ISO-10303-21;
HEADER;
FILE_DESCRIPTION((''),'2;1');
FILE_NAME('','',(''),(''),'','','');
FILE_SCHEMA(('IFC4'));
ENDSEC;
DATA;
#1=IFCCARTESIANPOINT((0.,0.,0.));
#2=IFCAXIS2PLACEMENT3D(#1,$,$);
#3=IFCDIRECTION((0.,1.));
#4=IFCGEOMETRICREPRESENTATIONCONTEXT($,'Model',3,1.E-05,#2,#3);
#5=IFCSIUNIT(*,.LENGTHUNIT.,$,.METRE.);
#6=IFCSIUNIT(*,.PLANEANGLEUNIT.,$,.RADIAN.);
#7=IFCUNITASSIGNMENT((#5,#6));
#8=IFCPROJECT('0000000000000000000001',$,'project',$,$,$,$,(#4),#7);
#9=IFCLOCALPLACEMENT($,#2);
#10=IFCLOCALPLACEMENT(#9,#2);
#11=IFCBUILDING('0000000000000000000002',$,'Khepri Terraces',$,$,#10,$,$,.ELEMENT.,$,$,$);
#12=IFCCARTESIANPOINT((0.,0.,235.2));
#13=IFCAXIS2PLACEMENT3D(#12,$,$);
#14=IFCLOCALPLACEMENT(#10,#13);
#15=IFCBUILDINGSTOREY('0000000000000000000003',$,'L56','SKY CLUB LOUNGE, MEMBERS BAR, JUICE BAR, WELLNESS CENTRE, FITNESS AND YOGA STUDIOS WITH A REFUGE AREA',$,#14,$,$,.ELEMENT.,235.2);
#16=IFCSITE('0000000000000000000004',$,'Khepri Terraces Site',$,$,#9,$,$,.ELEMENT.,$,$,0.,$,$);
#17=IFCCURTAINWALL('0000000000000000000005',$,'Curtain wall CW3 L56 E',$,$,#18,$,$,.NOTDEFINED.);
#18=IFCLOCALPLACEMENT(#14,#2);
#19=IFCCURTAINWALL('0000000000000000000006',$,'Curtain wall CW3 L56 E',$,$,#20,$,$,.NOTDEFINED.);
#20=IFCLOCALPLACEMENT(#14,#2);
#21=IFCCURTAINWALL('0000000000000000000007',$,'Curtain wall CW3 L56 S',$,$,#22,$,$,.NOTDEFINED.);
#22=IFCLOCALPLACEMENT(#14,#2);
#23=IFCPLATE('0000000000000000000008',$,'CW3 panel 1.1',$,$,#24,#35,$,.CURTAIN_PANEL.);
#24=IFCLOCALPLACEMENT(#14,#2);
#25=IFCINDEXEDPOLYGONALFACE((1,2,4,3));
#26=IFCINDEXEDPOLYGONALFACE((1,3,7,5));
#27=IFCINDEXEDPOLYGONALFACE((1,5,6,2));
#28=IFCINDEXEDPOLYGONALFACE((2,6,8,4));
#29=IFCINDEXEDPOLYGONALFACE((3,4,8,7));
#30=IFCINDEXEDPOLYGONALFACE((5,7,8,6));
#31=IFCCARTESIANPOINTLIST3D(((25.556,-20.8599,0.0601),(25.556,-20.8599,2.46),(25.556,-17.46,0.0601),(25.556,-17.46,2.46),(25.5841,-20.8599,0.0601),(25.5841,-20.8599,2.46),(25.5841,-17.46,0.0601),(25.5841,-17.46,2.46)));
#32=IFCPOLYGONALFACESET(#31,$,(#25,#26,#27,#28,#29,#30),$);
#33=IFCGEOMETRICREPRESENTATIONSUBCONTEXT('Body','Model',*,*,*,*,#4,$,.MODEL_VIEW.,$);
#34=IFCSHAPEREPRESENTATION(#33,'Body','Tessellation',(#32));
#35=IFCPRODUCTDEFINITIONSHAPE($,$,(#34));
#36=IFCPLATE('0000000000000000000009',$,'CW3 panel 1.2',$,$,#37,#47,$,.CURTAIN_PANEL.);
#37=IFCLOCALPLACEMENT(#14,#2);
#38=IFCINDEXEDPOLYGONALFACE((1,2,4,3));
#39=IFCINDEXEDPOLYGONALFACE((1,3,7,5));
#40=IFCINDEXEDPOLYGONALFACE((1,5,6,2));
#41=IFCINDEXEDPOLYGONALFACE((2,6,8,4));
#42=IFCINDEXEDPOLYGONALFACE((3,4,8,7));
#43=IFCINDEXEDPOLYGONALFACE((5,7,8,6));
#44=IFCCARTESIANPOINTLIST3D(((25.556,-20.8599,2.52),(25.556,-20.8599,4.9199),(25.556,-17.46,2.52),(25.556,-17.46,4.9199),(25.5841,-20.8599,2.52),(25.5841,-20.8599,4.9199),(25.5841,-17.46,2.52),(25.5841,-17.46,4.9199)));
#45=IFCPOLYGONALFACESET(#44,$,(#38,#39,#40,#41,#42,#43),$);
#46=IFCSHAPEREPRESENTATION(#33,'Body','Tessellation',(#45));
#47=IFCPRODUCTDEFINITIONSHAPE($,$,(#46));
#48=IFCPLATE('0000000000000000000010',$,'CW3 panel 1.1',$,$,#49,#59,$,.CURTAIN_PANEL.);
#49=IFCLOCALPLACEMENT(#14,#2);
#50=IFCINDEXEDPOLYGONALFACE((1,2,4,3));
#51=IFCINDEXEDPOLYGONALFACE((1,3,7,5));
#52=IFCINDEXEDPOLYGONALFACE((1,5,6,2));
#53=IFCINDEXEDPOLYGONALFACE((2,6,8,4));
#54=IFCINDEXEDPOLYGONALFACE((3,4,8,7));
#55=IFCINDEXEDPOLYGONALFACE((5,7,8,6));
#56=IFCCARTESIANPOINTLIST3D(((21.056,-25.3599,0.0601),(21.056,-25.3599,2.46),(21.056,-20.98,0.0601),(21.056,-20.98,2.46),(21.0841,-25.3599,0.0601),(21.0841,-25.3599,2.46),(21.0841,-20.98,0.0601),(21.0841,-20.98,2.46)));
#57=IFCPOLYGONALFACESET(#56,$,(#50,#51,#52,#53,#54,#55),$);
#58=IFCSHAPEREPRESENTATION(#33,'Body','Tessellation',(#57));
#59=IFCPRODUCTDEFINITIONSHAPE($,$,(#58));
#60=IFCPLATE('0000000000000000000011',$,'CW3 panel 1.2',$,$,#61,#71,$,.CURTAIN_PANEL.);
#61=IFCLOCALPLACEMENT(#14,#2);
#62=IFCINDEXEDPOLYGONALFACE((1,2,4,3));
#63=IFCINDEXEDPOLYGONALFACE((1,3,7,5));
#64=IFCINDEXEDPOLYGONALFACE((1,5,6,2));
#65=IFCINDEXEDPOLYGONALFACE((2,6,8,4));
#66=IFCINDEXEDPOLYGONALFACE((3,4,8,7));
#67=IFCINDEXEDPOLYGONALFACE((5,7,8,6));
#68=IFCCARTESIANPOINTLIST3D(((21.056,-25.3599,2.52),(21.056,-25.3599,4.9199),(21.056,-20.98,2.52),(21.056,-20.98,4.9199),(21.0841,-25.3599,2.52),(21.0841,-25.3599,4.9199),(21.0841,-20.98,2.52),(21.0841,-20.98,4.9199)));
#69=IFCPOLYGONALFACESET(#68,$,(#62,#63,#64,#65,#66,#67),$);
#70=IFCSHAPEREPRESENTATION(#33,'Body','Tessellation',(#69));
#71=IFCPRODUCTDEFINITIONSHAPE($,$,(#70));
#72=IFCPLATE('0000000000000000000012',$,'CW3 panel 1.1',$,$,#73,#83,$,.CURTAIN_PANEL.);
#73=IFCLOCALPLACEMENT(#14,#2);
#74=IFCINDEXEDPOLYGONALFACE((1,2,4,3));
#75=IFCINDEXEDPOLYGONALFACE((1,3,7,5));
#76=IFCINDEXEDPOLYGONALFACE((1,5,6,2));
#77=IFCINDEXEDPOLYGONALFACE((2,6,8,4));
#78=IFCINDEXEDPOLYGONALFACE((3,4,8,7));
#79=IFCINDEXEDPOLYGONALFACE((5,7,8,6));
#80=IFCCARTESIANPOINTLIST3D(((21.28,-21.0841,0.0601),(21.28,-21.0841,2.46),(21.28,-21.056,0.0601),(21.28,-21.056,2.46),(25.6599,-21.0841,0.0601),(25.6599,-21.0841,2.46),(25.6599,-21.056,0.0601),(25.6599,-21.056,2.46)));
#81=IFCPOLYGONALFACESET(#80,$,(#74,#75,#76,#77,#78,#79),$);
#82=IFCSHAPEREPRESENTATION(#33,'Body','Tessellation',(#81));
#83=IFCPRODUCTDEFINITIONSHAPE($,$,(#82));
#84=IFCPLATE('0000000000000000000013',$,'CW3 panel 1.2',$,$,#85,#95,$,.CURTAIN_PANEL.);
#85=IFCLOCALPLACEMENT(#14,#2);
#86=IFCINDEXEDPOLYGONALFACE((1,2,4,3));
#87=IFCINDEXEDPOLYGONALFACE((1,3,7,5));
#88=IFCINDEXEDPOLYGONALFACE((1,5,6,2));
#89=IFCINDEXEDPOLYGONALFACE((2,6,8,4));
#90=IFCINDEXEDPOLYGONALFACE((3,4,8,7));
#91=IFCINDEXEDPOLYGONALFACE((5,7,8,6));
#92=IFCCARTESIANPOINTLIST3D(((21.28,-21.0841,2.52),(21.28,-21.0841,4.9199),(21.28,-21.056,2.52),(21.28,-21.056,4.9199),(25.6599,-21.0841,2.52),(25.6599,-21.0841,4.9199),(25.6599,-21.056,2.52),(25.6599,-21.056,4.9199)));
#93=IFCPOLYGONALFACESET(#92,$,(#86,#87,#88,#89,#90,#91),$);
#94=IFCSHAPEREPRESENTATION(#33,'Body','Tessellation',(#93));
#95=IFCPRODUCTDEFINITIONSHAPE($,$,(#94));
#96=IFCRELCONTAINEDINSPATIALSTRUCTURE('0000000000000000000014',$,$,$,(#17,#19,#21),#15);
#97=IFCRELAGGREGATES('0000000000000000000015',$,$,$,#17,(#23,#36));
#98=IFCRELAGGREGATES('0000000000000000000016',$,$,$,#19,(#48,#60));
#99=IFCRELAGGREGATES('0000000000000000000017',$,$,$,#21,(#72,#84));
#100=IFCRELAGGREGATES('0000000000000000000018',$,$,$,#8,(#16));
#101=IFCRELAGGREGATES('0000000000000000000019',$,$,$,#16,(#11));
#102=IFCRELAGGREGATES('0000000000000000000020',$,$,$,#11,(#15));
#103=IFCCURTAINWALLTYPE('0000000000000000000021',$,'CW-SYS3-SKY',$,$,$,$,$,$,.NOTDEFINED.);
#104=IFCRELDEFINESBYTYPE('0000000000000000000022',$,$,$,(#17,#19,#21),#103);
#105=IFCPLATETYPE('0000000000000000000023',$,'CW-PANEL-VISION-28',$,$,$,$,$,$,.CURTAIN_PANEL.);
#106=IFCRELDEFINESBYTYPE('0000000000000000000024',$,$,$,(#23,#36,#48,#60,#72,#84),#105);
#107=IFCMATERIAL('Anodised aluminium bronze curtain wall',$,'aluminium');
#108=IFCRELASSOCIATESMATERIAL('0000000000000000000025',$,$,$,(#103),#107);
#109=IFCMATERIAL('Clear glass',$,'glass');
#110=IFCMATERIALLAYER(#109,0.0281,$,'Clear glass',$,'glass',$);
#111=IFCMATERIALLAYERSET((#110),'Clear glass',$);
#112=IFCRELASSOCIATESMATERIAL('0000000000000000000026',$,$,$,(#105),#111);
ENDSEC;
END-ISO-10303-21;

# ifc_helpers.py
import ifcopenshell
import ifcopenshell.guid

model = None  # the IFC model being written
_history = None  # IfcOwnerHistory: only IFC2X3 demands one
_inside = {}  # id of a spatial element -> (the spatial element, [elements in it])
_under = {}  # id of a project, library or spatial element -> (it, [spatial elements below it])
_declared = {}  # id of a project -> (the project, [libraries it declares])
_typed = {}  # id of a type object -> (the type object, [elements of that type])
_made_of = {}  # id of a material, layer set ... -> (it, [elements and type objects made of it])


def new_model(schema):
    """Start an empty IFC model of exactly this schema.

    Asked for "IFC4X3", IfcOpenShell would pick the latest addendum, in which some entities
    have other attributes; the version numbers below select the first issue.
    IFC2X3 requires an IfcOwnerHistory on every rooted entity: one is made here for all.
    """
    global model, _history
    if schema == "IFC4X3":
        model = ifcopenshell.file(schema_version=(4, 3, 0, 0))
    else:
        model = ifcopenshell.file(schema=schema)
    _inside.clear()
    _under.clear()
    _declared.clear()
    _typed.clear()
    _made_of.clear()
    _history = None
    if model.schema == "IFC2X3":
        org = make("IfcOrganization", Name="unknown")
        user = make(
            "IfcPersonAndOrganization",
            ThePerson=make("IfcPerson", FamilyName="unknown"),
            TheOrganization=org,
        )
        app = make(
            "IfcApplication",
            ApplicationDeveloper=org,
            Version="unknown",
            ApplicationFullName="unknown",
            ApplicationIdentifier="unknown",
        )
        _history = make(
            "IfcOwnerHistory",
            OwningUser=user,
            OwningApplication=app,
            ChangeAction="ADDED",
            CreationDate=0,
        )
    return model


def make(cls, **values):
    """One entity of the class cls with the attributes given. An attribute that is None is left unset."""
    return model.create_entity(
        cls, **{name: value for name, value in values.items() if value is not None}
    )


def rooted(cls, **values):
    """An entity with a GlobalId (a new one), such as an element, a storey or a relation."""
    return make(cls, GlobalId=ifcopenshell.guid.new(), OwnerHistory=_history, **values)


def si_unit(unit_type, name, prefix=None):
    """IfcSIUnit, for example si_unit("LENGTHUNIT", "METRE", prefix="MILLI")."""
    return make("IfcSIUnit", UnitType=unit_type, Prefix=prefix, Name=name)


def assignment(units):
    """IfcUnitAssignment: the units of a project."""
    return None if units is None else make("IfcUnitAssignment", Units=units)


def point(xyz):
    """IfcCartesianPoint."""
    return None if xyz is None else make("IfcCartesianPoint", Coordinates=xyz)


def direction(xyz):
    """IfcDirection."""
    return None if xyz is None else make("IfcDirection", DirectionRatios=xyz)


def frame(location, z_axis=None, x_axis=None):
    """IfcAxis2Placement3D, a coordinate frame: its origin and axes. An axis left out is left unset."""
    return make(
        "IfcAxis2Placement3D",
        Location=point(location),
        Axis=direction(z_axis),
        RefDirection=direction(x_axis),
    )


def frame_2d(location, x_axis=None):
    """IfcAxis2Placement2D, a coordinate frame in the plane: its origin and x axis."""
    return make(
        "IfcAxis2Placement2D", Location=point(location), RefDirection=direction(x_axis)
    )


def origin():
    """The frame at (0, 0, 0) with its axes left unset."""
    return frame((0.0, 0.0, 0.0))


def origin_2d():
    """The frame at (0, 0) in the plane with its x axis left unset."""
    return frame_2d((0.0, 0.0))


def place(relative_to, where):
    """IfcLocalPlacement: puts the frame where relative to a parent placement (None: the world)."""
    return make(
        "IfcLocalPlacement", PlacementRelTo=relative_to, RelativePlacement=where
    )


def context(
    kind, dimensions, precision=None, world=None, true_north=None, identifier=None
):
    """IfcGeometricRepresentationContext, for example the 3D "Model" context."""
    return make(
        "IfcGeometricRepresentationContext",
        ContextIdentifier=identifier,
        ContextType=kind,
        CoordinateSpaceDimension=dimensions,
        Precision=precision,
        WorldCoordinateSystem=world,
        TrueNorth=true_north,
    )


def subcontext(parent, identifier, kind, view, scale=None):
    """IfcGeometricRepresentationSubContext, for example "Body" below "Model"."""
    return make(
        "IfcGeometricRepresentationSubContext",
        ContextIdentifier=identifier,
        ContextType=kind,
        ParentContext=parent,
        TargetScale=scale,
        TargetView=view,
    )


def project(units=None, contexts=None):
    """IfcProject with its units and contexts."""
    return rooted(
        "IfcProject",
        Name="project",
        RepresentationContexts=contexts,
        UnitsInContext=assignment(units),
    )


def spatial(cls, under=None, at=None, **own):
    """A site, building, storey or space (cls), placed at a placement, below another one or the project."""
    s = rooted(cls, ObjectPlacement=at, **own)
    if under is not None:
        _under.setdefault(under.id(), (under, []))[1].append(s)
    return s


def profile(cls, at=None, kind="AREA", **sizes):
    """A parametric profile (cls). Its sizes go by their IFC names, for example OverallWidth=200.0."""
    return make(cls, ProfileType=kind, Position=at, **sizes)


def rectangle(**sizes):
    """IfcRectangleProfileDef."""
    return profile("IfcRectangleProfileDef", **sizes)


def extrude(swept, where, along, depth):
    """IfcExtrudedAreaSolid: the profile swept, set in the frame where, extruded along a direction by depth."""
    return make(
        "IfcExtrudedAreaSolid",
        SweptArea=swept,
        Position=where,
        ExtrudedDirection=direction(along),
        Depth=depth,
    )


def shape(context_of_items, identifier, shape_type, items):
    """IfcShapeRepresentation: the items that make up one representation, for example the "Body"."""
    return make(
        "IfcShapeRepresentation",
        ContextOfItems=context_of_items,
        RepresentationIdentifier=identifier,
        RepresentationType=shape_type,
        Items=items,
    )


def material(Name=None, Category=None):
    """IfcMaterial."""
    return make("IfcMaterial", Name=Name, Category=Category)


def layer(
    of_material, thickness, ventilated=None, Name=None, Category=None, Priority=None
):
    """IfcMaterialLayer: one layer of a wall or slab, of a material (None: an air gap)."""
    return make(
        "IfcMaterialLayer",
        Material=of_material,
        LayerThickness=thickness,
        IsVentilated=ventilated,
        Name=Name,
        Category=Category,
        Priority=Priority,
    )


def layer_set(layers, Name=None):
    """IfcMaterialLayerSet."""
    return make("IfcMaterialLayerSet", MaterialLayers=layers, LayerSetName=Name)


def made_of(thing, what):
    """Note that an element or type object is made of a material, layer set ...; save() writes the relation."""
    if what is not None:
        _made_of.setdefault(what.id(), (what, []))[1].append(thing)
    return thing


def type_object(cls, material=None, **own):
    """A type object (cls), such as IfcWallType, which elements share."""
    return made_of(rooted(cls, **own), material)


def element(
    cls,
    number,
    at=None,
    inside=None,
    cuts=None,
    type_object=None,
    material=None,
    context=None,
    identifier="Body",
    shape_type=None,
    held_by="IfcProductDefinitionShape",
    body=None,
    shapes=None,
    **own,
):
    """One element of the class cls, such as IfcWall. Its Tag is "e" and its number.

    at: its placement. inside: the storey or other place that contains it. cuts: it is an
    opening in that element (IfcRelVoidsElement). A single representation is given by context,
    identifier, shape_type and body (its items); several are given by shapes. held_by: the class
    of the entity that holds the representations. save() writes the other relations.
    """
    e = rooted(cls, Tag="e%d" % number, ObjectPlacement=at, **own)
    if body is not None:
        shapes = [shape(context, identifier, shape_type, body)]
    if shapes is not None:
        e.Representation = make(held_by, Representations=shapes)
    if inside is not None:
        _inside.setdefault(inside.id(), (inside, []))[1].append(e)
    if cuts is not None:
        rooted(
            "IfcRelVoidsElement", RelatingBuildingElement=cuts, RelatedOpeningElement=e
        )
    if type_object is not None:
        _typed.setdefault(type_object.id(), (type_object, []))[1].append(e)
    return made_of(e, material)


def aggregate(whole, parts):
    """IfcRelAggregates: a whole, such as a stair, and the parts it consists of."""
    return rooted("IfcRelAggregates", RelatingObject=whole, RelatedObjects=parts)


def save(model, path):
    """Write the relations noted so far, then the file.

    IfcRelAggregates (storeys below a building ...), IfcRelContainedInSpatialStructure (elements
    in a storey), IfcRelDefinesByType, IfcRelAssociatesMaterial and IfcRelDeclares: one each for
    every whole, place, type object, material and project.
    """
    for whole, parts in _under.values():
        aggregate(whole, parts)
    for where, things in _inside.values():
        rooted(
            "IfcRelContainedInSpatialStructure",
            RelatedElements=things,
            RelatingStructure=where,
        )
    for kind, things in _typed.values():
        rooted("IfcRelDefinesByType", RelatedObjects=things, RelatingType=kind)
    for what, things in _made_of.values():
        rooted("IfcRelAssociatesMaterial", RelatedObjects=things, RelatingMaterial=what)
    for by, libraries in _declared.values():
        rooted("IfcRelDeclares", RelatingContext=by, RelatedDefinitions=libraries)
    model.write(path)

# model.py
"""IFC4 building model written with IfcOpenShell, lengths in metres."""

from ifc_helpers import new_model, si_unit, direction, frame, origin, origin_2d, place, context, subcontext, project, spatial, rectangle, extrude, material, layer, layer_set, type_object, element, aggregate, save


model = new_model("IFC4")

# Units and contexts
model_context = context("Model", 3, precision=1e-05, world=origin(), true_north=direction((0.0, 1.0)))
body_context = subcontext(model_context, "Body", "Model", "MODEL_VIEW")
ifc_project = project(units=[si_unit("LENGTHUNIT", "METRE"), si_unit("PLANEANGLEUNIT", "RADIAN")], contexts=[model_context])

# Site, building, storey
site_placement = place(None, origin())
site = spatial("IfcSite", under=ifc_project, at=site_placement, Name="Khepri Terraces Site", CompositionType="ELEMENT", RefElevation=0.0)
building_placement = place(site_placement, origin())
building = spatial("IfcBuilding", under=site, at=building_placement, Name="Khepri Terraces", CompositionType="ELEMENT")
storey_placement = place(building_placement, frame((0.0, 0.0, 235.2)))
storey = spatial("IfcBuildingStorey", under=building, at=storey_placement, Name="L56", Description="SKY CLUB LOUNGE, MEMBERS BAR, JUICE BAR, WELLNESS CENTRE, FITNESS AND YOGA STUDIOS WITH A REFUGE AREA", CompositionType="ELEMENT", Elevation=235.2)

# Curtain wall
ifc_material_1 = material(Name="Anodised aluminium bronze curtain wall", Category="aluminium")
curtain_wall_type = type_object("IfcCurtainWallType", Name="CW-SYS3-SKY", PredefinedType="NOTDEFINED", material=ifc_material_1)
curtain_wall_1_placement = place(storey_placement, origin())
curtain_wall_1 = element("IfcCurtainWall", 1, at=curtain_wall_1_placement, inside=storey, type_object=curtain_wall_type, Name="Curtain wall CW3 L56 E", PredefinedType="NOTDEFINED")

# Curtain wall
curtain_wall_2_placement = place(storey_placement, origin())
curtain_wall_2 = element("IfcCurtainWall", 2, at=curtain_wall_2_placement, inside=storey, type_object=curtain_wall_type, Name="Curtain wall CW3 L56 E", PredefinedType="NOTDEFINED")

# Curtain wall
curtain_wall_3_placement = place(storey_placement, origin())
curtain_wall_3 = element("IfcCurtainWall", 3, at=curtain_wall_3_placement, inside=storey, type_object=curtain_wall_type, Name="Curtain wall CW3 L56 S", PredefinedType="NOTDEFINED")

# Plates
ifc_material_2 = material(Name="Clear glass", Category="glass")
ifc_layer = layer(ifc_material_2, 0.0281, Name="Clear glass", Category="glass")
ifc_layer_set = layer_set([ifc_layer], Name="Clear glass")
plate_type = type_object("IfcPlateType", Name="CW-PANEL-VISION-28", PredefinedType="CURTAIN_PANEL", material=ifc_layer_set)
plate_1_placement = place(storey_placement, frame((25.5701, -19.1599, 0.0601), z_axis=(0.0, 0.0, 1.0), x_axis=(0.0, 1.0, 0.0)))
plate_1 = element("IfcPlate", 4, at=plate_1_placement, type_object=plate_type, Name="CW3 panel 1.1", PredefinedType="CURTAIN_PANEL", context=body_context, shape_type="SweptSolid", body=[
    extrude(rectangle(XDim=3.3999, YDim=0.0281, at=origin_2d()), origin(), (0.0, 0.0, 1.0), 2.3999),
])
plate_2_placement = place(storey_placement, frame((25.5701, -19.1599, 2.52), z_axis=(0.0, 0.0, 1.0), x_axis=(0.0, 1.0, 0.0)))
plate_2 = element("IfcPlate", 5, at=plate_2_placement, type_object=plate_type, Name="CW3 panel 1.2", PredefinedType="CURTAIN_PANEL", context=body_context, shape_type="SweptSolid", body=[
    extrude(rectangle(XDim=3.3999, YDim=0.0281, at=origin_2d()), origin(), (0.0, 0.0, 1.0), 2.3999),
])
aggregate(curtain_wall_1, [plate_1, plate_2])
plate_3_placement = place(storey_placement, frame((21.0701, -23.1699, 0.0601), z_axis=(0.0, 0.0, 1.0), x_axis=(0.0, 1.0, 0.0)))
plate_3 = element("IfcPlate", 6, at=plate_3_placement, type_object=plate_type, Name="CW3 panel 1.1", PredefinedType="CURTAIN_PANEL", context=body_context, shape_type="SweptSolid", body=[
    extrude(rectangle(XDim=4.3799, YDim=0.0281, at=origin_2d()), origin(), (0.0, 0.0, 1.0), 2.3999),
])
plate_4_placement = place(storey_placement, frame((21.0701, -23.1699, 2.52), z_axis=(0.0, 0.0, 1.0), x_axis=(0.0, 1.0, 0.0)))
plate_4 = element("IfcPlate", 7, at=plate_4_placement, type_object=plate_type, Name="CW3 panel 1.2", PredefinedType="CURTAIN_PANEL", context=body_context, shape_type="SweptSolid", body=[
    extrude(rectangle(XDim=4.3799, YDim=0.0281, at=origin_2d()), origin(), (0.0, 0.0, 1.0), 2.3999),
])
aggregate(curtain_wall_2, [plate_3, plate_4])
plate_5_placement = place(storey_placement, frame((23.47, -21.0701, 0.0601), z_axis=(0.0, 0.0, 1.0), x_axis=(1.0, 0.0, 0.0)))
plate_5 = element("IfcPlate", 8, at=plate_5_placement, type_object=plate_type, Name="CW3 panel 1.1", PredefinedType="CURTAIN_PANEL", context=body_context, shape_type="SweptSolid", body=[
    extrude(rectangle(XDim=4.3799, YDim=0.0281, at=origin_2d()), origin(), (0.0, 0.0, 1.0), 2.3999),
])
plate_6_placement = place(storey_placement, frame((23.47, -21.0701, 2.52), z_axis=(0.0, 0.0, 1.0), x_axis=(1.0, 0.0, 0.0)))
plate_6 = element("IfcPlate", 9, at=plate_6_placement, type_object=plate_type, Name="CW3 panel 1.2", PredefinedType="CURTAIN_PANEL", context=body_context, shape_type="SweptSolid", body=[
    extrude(rectangle(XDim=4.3799, YDim=0.0281, at=origin_2d()), origin(), (0.0, 0.0, 1.0), 2.3999),
])
aggregate(curtain_wall_3, [plate_5, plate_6])

save(model, "model.ifc")
